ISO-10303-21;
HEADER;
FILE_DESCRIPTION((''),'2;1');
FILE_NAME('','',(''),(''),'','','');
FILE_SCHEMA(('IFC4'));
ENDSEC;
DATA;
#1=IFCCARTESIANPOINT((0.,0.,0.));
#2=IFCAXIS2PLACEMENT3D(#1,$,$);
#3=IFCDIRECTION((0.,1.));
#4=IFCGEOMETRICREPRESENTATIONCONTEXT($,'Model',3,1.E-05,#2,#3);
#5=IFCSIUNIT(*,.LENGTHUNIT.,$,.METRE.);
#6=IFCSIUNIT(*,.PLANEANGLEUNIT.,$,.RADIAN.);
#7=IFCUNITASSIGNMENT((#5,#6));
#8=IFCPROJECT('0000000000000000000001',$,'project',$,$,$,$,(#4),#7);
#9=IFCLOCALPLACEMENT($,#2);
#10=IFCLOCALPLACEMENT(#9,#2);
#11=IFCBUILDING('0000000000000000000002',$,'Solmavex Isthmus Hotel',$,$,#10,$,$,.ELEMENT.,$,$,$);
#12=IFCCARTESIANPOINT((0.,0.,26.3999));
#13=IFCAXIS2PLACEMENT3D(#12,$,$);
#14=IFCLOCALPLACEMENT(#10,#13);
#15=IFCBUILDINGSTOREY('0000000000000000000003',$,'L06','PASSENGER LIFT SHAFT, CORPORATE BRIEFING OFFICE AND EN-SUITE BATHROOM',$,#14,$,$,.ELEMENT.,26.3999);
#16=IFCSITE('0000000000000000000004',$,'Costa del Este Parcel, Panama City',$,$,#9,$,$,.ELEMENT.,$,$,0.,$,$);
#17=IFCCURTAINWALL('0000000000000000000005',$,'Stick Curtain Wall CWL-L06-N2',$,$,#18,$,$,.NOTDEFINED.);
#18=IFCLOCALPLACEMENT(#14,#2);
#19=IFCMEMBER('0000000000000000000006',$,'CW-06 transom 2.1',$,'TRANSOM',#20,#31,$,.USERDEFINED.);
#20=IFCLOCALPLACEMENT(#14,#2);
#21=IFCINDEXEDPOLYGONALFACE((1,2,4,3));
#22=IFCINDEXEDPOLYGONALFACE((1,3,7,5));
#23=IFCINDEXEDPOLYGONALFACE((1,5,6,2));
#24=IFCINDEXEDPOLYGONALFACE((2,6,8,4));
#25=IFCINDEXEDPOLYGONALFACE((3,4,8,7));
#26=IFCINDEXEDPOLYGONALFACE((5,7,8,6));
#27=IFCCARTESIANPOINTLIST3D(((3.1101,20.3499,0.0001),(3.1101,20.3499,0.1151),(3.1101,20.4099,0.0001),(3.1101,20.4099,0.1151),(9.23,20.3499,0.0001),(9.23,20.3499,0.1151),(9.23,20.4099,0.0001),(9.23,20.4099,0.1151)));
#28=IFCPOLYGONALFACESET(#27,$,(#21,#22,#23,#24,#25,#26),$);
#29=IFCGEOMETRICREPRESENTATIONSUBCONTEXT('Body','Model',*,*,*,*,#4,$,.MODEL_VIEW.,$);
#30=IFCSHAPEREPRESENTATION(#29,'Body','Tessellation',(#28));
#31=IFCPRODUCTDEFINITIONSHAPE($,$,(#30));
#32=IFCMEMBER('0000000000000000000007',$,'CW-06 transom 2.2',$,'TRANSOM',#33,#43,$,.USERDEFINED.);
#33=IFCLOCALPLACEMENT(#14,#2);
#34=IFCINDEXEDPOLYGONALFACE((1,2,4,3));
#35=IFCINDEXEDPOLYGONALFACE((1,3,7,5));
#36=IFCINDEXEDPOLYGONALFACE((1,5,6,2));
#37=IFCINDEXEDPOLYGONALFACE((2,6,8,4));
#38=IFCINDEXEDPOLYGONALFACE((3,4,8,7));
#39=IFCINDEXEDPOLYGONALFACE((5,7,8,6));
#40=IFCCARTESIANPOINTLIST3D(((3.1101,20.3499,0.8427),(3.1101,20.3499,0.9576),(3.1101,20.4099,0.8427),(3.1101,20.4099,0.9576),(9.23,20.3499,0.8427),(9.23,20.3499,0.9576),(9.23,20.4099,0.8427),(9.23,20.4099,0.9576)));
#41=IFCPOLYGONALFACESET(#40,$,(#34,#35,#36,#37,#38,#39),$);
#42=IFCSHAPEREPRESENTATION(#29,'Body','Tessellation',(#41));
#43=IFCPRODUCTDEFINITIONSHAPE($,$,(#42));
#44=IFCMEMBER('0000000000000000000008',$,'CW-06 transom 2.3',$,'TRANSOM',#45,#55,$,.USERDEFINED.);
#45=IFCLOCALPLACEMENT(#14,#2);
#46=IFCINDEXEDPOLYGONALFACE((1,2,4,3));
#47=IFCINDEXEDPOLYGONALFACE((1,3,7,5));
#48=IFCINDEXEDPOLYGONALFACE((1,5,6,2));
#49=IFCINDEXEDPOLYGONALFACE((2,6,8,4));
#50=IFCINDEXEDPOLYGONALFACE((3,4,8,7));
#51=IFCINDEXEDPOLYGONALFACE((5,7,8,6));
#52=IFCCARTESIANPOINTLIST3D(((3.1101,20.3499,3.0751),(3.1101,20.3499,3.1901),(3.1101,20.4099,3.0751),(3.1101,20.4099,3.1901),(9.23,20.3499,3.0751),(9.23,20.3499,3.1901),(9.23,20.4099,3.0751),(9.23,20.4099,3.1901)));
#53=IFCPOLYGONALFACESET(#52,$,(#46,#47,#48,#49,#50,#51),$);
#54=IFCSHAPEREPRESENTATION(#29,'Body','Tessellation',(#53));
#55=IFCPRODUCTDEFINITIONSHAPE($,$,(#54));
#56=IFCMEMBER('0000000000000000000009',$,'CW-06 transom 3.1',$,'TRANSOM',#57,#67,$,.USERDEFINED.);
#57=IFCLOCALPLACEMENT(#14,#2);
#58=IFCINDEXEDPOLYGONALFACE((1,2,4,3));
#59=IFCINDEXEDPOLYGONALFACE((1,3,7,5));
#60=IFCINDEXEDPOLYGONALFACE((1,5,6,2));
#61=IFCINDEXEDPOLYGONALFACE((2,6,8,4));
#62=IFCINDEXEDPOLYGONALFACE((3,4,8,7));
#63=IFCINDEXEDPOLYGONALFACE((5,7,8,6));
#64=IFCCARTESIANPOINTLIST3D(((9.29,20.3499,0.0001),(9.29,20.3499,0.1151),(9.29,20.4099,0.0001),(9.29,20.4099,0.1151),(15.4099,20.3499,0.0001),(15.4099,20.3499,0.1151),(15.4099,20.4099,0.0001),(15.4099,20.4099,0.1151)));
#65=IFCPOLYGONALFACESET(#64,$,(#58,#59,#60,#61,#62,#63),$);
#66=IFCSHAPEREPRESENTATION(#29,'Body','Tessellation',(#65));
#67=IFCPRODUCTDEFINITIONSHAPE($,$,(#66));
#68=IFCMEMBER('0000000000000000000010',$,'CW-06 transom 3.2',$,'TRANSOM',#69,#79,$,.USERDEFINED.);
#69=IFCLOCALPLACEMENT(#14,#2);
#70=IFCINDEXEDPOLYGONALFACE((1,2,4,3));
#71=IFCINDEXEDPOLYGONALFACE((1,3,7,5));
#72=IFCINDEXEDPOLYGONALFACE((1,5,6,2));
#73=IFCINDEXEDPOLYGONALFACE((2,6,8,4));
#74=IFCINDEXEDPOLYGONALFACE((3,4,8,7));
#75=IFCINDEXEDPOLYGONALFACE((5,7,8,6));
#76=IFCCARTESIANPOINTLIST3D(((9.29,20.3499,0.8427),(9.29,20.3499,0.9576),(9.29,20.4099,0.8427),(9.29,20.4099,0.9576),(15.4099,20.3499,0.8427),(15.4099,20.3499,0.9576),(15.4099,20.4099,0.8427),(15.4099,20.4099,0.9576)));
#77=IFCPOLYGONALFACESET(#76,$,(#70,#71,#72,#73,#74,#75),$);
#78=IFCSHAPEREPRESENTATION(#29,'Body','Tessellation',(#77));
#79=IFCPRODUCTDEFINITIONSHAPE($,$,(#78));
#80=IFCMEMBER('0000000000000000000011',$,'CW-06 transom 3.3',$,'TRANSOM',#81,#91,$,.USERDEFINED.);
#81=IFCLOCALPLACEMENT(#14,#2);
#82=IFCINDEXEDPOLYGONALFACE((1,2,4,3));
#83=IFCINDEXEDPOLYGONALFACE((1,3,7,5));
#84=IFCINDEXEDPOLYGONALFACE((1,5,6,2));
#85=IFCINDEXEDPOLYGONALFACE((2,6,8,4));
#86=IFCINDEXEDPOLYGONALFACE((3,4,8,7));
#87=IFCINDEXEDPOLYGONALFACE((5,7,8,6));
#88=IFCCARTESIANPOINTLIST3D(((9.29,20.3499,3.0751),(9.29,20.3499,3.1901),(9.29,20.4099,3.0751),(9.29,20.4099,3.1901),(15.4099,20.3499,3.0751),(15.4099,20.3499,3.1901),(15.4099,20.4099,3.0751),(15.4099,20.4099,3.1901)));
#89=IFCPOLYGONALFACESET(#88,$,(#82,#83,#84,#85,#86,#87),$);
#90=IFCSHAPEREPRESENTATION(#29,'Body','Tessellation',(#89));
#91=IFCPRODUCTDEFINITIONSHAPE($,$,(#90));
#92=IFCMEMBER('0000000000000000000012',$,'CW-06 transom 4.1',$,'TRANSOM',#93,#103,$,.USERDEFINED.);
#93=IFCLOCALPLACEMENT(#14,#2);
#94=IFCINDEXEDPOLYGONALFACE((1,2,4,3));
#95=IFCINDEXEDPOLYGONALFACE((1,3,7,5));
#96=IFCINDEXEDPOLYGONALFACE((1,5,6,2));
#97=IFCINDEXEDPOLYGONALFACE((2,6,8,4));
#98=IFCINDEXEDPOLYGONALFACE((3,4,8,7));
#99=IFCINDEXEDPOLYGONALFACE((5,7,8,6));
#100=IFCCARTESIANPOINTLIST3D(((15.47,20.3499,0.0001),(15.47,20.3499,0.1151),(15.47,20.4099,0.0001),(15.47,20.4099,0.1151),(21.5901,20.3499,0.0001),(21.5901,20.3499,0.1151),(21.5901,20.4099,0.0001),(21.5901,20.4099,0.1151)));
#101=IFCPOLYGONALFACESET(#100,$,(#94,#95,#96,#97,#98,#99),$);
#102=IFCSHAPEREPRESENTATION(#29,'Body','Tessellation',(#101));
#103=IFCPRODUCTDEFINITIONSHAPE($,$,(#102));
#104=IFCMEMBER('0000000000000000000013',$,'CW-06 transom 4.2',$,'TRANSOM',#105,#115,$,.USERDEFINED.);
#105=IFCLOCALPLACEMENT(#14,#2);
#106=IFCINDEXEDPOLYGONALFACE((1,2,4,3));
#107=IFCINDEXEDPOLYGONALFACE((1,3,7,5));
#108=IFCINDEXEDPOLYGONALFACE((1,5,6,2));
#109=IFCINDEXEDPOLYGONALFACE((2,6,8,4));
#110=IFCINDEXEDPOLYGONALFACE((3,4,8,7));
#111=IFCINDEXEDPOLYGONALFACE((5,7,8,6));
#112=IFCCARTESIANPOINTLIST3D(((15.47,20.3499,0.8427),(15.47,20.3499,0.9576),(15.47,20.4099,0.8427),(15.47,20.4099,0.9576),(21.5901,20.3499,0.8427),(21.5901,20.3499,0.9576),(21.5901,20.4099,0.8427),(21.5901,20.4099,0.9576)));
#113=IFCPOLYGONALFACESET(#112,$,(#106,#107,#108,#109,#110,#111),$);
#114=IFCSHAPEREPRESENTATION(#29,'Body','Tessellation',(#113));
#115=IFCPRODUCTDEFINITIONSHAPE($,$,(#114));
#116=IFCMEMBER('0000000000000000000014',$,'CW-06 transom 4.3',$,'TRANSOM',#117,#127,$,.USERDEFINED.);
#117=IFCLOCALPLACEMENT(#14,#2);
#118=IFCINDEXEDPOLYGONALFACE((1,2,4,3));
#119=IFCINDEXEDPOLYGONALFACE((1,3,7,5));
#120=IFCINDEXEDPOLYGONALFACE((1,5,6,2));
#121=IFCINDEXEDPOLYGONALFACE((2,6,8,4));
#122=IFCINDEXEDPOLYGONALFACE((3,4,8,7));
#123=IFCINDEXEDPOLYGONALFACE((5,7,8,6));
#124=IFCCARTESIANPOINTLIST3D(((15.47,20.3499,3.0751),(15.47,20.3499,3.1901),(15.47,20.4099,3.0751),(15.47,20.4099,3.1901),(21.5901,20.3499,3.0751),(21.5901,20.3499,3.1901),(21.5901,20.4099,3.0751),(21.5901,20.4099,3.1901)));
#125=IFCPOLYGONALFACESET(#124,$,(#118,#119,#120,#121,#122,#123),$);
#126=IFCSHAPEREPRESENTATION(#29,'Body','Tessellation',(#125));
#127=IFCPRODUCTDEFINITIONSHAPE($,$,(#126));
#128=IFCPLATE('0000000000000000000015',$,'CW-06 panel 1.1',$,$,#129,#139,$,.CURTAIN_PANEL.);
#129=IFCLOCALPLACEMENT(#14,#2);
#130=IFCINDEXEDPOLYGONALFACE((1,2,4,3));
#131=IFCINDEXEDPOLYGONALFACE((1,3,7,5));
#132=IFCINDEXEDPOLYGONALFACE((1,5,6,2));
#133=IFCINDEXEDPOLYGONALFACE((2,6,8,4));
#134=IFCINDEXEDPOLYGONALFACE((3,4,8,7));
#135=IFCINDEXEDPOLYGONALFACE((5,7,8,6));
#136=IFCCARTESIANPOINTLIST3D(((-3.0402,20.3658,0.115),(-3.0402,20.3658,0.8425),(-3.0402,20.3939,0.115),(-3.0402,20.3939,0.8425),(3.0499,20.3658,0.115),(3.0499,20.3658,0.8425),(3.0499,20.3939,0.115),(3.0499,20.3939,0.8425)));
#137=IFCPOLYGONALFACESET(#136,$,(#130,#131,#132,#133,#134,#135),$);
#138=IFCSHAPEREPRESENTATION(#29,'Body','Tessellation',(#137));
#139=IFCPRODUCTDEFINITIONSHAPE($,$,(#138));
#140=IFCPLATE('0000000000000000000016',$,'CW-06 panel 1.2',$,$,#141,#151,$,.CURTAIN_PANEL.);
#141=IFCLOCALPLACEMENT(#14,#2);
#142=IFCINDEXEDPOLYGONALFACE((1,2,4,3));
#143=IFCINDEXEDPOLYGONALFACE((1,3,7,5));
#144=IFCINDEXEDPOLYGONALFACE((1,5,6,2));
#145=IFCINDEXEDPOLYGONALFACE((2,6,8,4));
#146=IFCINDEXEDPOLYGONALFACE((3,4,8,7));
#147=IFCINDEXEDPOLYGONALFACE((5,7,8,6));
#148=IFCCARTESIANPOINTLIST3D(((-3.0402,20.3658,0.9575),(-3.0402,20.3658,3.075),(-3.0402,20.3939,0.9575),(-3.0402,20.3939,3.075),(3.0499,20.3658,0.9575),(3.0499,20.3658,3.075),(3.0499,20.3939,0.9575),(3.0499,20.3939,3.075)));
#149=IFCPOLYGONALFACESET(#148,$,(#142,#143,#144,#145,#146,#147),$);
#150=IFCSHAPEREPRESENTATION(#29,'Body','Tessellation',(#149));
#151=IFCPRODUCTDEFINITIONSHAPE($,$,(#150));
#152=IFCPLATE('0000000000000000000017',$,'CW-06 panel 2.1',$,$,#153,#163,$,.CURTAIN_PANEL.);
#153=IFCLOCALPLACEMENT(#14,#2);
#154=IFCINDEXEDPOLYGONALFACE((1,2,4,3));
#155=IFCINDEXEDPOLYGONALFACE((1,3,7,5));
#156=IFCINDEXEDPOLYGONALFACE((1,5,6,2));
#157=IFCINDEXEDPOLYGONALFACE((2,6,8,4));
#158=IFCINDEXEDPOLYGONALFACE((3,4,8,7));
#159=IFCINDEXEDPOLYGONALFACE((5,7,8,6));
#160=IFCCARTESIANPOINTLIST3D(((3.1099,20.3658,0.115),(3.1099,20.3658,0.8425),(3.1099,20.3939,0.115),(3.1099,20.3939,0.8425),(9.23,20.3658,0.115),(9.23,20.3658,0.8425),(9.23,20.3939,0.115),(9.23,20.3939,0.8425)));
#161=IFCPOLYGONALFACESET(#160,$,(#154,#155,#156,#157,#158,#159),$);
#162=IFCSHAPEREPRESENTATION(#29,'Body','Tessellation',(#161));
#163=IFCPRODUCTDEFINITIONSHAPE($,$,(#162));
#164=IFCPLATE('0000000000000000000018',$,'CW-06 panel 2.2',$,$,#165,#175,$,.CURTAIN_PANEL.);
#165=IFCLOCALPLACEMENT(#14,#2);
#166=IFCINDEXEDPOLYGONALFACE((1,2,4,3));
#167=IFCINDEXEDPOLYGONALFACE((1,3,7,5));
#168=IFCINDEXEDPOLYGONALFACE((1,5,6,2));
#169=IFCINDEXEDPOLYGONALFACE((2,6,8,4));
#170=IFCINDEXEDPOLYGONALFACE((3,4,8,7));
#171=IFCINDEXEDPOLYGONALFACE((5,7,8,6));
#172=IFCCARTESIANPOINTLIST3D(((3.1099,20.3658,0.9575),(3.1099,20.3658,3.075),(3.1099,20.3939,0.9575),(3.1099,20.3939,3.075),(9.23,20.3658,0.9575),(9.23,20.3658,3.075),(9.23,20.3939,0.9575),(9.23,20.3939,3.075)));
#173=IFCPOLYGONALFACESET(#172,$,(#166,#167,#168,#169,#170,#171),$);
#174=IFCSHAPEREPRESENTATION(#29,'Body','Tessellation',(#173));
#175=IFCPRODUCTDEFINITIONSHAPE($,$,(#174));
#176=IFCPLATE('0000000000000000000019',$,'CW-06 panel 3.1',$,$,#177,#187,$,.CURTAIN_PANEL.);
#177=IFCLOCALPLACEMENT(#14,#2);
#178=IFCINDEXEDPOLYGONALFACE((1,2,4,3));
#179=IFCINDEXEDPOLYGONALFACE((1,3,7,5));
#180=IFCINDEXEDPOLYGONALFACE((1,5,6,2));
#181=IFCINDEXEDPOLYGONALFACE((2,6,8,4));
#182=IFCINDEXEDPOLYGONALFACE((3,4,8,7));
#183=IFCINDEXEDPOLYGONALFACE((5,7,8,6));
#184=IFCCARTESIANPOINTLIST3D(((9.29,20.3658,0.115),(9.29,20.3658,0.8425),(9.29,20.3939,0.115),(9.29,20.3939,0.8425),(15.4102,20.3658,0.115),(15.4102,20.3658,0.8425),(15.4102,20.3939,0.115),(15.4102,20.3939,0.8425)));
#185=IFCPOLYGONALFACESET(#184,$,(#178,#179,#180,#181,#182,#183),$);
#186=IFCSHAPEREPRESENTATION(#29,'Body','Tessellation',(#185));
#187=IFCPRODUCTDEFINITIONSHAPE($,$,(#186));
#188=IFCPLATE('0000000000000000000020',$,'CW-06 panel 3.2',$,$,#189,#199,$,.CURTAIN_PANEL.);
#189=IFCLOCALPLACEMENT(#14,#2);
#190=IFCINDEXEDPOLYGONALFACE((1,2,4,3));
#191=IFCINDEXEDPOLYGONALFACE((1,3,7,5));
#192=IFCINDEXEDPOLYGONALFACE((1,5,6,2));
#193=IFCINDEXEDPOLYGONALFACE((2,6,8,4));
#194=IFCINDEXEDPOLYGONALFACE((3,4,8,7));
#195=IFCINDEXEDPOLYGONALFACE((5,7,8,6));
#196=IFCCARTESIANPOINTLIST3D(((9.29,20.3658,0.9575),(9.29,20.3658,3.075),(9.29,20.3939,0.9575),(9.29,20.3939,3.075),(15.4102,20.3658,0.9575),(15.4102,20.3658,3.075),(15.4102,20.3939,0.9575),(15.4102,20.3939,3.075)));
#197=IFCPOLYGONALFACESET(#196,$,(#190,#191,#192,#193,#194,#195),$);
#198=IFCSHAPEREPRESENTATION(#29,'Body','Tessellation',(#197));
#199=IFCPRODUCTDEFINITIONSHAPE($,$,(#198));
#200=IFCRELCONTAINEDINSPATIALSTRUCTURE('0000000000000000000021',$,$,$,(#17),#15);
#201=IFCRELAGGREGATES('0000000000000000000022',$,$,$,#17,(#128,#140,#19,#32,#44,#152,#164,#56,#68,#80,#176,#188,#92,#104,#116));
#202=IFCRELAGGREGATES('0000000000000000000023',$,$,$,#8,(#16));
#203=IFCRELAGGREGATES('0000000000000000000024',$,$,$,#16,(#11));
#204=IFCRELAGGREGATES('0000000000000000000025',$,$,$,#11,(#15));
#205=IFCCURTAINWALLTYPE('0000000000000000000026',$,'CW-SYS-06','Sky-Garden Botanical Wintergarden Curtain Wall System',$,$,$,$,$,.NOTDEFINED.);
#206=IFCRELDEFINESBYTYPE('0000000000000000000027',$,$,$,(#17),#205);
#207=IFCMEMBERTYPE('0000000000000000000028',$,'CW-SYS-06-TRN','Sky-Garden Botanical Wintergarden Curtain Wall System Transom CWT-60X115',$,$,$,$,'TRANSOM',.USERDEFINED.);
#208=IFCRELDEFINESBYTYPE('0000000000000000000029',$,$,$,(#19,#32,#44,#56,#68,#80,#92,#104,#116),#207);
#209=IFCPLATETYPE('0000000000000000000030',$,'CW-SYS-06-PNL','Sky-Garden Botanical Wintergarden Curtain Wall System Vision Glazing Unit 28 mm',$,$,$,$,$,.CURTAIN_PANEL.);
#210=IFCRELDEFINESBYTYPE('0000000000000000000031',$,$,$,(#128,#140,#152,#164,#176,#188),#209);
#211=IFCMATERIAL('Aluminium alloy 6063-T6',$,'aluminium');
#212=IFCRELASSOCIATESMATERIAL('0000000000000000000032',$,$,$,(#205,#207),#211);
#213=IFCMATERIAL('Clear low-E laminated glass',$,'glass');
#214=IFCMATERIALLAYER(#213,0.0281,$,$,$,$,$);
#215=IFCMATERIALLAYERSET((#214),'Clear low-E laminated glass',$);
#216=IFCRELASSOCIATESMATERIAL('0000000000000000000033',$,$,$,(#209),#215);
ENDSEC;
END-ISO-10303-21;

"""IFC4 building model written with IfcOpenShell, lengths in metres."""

from ifc_helpers import new_model, si_unit, direction, frame, origin, origin_2d, place, context, subcontext, project, spatial, rectangle, extrude, material, layer, layer_set, material_profile, profile_set, type_object, element, aggregate, save


model = new_model("IFC4")

# Units and contexts
model_context = context("Model", 3, precision=1e-05, world=origin(), true_north=direction((0.0, 1.0)))
body_context = subcontext(model_context, "Body", "Model", "MODEL_VIEW")
ifc_project = project(units=[si_unit("LENGTHUNIT", "METRE"), si_unit("PLANEANGLEUNIT", "RADIAN")], contexts=[model_context])

# Site, building, storey
site_placement = place(None, origin())
site = spatial("IfcSite", under=ifc_project, at=site_placement, Name="Costa del Este Parcel, Panama City", CompositionType="ELEMENT", RefElevation=0.0)
building_placement = place(site_placement, origin())
building = spatial("IfcBuilding", under=site, at=building_placement, Name="Solmavex Isthmus Hotel", CompositionType="ELEMENT")
storey_placement = place(building_placement, frame((0.0, 0.0, 26.3999)))
storey = spatial("IfcBuildingStorey", under=building, at=storey_placement, Name="L06", Description="PASSENGER LIFT SHAFT, CORPORATE BRIEFING OFFICE AND EN-SUITE BATHROOM", CompositionType="ELEMENT", Elevation=26.3999)

# Curtain wall, members, plates
ifc_material_1 = material(Name="Aluminium alloy 6063-T6", Category="aluminium")
curtain_wall_type = type_object("IfcCurtainWallType", Name="CW-SYS-06", Description="Sky-Garden Botanical Wintergarden Curtain Wall System", PredefinedType="NOTDEFINED", material=ifc_material_1)
curtain_wall_placement = place(storey_placement, origin())
curtain_wall = element("IfcCurtainWall", 1, at=curtain_wall_placement, inside=storey, type_object=curtain_wall_type, Name="Stick Curtain Wall CWL-L06-N2", PredefinedType="NOTDEFINED")
ifc_material_profile_1 = material_profile(ifc_material_1, rectangle(XDim=0.0601, YDim=0.115, at=origin_2d()), Name="CWT-60X115")
ifc_profile_set_1 = profile_set([ifc_material_profile_1], Name="Aluminium alloy 6063-T6")
member_type_1 = type_object("IfcMemberType", Name="CW-SYS-06-TRN", Description="Sky-Garden Botanical Wintergarden Curtain Wall System Transom CWT-60X115", ElementType="TRANSOM", PredefinedType="USERDEFINED", material=ifc_profile_set_1)
member_1_placement = place(storey_placement, frame((3.1101, 20.3799, 0.0576), z_axis=(1.0, 0.0, 0.0), x_axis=(0.0, 1.0, 0.0)))
member_1 = element("IfcMember", 2, at=member_1_placement, type_object=member_type_1, Name="CW-06 transom 2.1", ObjectType="TRANSOM", PredefinedType="USERDEFINED", context=body_context, shape_type="SweptSolid", body=[
    extrude(rectangle(XDim=0.0601, YDim=0.115, at=origin_2d()), origin(), (0.0, 0.0, 1.0), 6.1199),
])
member_2_placement = place(storey_placement, frame((3.1101, 20.3799, 0.9001), z_axis=(1.0, 0.0, 0.0), x_axis=(0.0, 1.0, 0.0)))
member_2 = element("IfcMember", 3, at=member_2_placement, type_object=member_type_1, Name="CW-06 transom 2.2", ObjectType="TRANSOM", PredefinedType="USERDEFINED", context=body_context, shape_type="SweptSolid", body=[
    extrude(rectangle(XDim=0.0601, YDim=0.115, at=origin_2d()), origin(), (0.0, 0.0, 1.0), 6.1199),
])
member_3_placement = place(storey_placement, frame((3.1101, 20.3799, 3.1326), z_axis=(1.0, 0.0, 0.0), x_axis=(0.0, 1.0, 0.0)))
member_3 = element("IfcMember", 4, at=member_3_placement, type_object=member_type_1, Name="CW-06 transom 2.3", ObjectType="TRANSOM", PredefinedType="USERDEFINED", context=body_context, shape_type="SweptSolid", body=[
    extrude(rectangle(XDim=0.0601, YDim=0.115, at=origin_2d()), origin(), (0.0, 0.0, 1.0), 6.1199),
])
member_4_placement = place(storey_placement, frame((9.29, 20.3799, 0.0576), z_axis=(1.0, 0.0, 0.0), x_axis=(0.0, 1.0, 0.0)))
member_4 = element("IfcMember", 5, at=member_4_placement, type_object=member_type_1, Name="CW-06 transom 3.1", ObjectType="TRANSOM", PredefinedType="USERDEFINED", context=body_context, shape_type="SweptSolid", body=[
    extrude(rectangle(XDim=0.0601, YDim=0.115, at=origin_2d()), origin(), (0.0, 0.0, 1.0), 6.1199),
])
member_5_placement = place(storey_placement, frame((9.29, 20.3799, 0.9001), z_axis=(1.0, 0.0, 0.0), x_axis=(0.0, 1.0, 0.0)))
member_5 = element("IfcMember", 6, at=member_5_placement, type_object=member_type_1, Name="CW-06 transom 3.2", ObjectType="TRANSOM", PredefinedType="USERDEFINED", context=body_context, shape_type="SweptSolid", body=[
    extrude(rectangle(XDim=0.0601, YDim=0.115, at=origin_2d()), origin(), (0.0, 0.0, 1.0), 6.1199),
])
member_6_placement = place(storey_placement, frame((9.29, 20.3799, 3.1326), z_axis=(1.0, 0.0, 0.0), x_axis=(0.0, 1.0, 0.0)))
member_6 = element("IfcMember", 7, at=member_6_placement, type_object=member_type_1, Name="CW-06 transom 3.3", ObjectType="TRANSOM", PredefinedType="USERDEFINED", context=body_context, shape_type="SweptSolid", body=[
    extrude(rectangle(XDim=0.0601, YDim=0.115, at=origin_2d()), origin(), (0.0, 0.0, 1.0), 6.1199),
])
member_7_placement = place(storey_placement, frame((15.47, 20.3799, 0.0576), z_axis=(1.0, 0.0, 0.0), x_axis=(0.0, 1.0, 0.0)))
member_7 = element("IfcMember", 8, at=member_7_placement, type_object=member_type_1, Name="CW-06 transom 4.1", ObjectType="TRANSOM", PredefinedType="USERDEFINED", context=body_context, shape_type="SweptSolid", body=[
    extrude(rectangle(XDim=0.0601, YDim=0.115, at=origin_2d()), origin(), (0.0, 0.0, 1.0), 6.1201),
])
member_8_placement = place(storey_placement, frame((15.47, 20.3799, 0.9001), z_axis=(1.0, 0.0, 0.0), x_axis=(0.0, 1.0, 0.0)))
member_8 = element("IfcMember", 9, at=member_8_placement, type_object=member_type_1, Name="CW-06 transom 4.2", ObjectType="TRANSOM", PredefinedType="USERDEFINED", context=body_context, shape_type="SweptSolid", body=[
    extrude(rectangle(XDim=0.0601, YDim=0.115, at=origin_2d()), origin(), (0.0, 0.0, 1.0), 6.1201),
])
member_9_placement = place(storey_placement, frame((15.47, 20.3799, 3.1326), z_axis=(1.0, 0.0, 0.0), x_axis=(0.0, 1.0, 0.0)))
member_9 = element("IfcMember", 10, at=member_9_placement, type_object=member_type_1, Name="CW-06 transom 4.3", ObjectType="TRANSOM", PredefinedType="USERDEFINED", context=body_context, shape_type="SweptSolid", body=[
    extrude(rectangle(XDim=0.0601, YDim=0.115, at=origin_2d()), origin(), (0.0, 0.0, 1.0), 6.1201),
])
ifc_material_2 = material(Name="Clear low-E laminated glass", Category="glass")
ifc_layer_1 = layer(ifc_material_2, 0.0281)
ifc_layer_set_1 = layer_set([ifc_layer_1], Name="Clear low-E laminated glass")
plate_type = type_object("IfcPlateType", Name="CW-SYS-06-PNL", Description="Sky-Garden Botanical Wintergarden Curtain Wall System Vision Glazing Unit 28 mm", PredefinedType="CURTAIN_PANEL", material=ifc_layer_set_1)
plate_1_placement = place(storey_placement, frame((0.0049, 20.3799, 0.115), z_axis=(0.0, 0.0, 1.0), x_axis=(1.0, 0.0, 0.0)))
plate_1 = element("IfcPlate", 11, at=plate_1_placement, type_object=plate_type, Name="CW-06 panel 1.1", PredefinedType="CURTAIN_PANEL", context=body_context, shape_type="SweptSolid", body=[
    extrude(rectangle(XDim=6.0901, YDim=0.0281, at=origin_2d()), origin(), (0.0, 0.0, 1.0), 0.7275),
])
plate_2_placement = place(storey_placement, frame((0.0049, 20.3799, 0.9575), z_axis=(0.0, 0.0, 1.0), x_axis=(1.0, 0.0, 0.0)))
plate_2 = element("IfcPlate", 12, at=plate_2_placement, type_object=plate_type, Name="CW-06 panel 1.2", PredefinedType="CURTAIN_PANEL", context=body_context, shape_type="SweptSolid", body=[
    extrude(rectangle(XDim=6.0901, YDim=0.0281, at=origin_2d()), origin(), (0.0, 0.0, 1.0), 2.1174),
])
plate_3_placement = place(storey_placement, frame((6.1699, 20.3799, 0.115), z_axis=(0.0, 0.0, 1.0), x_axis=(1.0, 0.0, 0.0)))
plate_3 = element("IfcPlate", 13, at=plate_3_placement, type_object=plate_type, Name="CW-06 panel 2.1", PredefinedType="CURTAIN_PANEL", context=body_context, shape_type="SweptSolid", body=[
    extrude(rectangle(XDim=6.1201, YDim=0.0281, at=origin_2d()), origin(), (0.0, 0.0, 1.0), 0.7275),
])
plate_4_placement = place(storey_placement, frame((6.1699, 20.3799, 0.9575), z_axis=(0.0, 0.0, 1.0), x_axis=(1.0, 0.0, 0.0)))
plate_4 = element("IfcPlate", 14, at=plate_4_placement, type_object=plate_type, Name="CW-06 panel 2.2", PredefinedType="CURTAIN_PANEL", context=body_context, shape_type="SweptSolid", body=[
    extrude(rectangle(XDim=6.1201, YDim=0.0281, at=origin_2d()), origin(), (0.0, 0.0, 1.0), 2.1174),
])
plate_5_placement = place(storey_placement, frame((12.3501, 20.3799, 0.115), z_axis=(0.0, 0.0, 1.0), x_axis=(1.0, 0.0, 0.0)))
plate_5 = element("IfcPlate", 15, at=plate_5_placement, type_object=plate_type, Name="CW-06 panel 3.1", PredefinedType="CURTAIN_PANEL", context=body_context, shape_type="SweptSolid", body=[
    extrude(rectangle(XDim=6.1201, YDim=0.0281, at=origin_2d()), origin(), (0.0, 0.0, 1.0), 0.7275),
])
plate_6_placement = place(storey_placement, frame((12.3501, 20.3799, 0.9575), z_axis=(0.0, 0.0, 1.0), x_axis=(1.0, 0.0, 0.0)))
plate_6 = element("IfcPlate", 16, at=plate_6_placement, type_object=plate_type, Name="CW-06 panel 3.2", PredefinedType="CURTAIN_PANEL", context=body_context, shape_type="SweptSolid", body=[
    extrude(rectangle(XDim=6.1201, YDim=0.0281, at=origin_2d()), origin(), (0.0, 0.0, 1.0), 2.1174),
])
aggregate(curtain_wall, [plate_1, plate_2, member_1, member_2, member_3, plate_3, plate_4, member_4, member_5, member_6, plate_5, plate_6, member_7, member_8, member_9])

save(model, "model.ifc")
